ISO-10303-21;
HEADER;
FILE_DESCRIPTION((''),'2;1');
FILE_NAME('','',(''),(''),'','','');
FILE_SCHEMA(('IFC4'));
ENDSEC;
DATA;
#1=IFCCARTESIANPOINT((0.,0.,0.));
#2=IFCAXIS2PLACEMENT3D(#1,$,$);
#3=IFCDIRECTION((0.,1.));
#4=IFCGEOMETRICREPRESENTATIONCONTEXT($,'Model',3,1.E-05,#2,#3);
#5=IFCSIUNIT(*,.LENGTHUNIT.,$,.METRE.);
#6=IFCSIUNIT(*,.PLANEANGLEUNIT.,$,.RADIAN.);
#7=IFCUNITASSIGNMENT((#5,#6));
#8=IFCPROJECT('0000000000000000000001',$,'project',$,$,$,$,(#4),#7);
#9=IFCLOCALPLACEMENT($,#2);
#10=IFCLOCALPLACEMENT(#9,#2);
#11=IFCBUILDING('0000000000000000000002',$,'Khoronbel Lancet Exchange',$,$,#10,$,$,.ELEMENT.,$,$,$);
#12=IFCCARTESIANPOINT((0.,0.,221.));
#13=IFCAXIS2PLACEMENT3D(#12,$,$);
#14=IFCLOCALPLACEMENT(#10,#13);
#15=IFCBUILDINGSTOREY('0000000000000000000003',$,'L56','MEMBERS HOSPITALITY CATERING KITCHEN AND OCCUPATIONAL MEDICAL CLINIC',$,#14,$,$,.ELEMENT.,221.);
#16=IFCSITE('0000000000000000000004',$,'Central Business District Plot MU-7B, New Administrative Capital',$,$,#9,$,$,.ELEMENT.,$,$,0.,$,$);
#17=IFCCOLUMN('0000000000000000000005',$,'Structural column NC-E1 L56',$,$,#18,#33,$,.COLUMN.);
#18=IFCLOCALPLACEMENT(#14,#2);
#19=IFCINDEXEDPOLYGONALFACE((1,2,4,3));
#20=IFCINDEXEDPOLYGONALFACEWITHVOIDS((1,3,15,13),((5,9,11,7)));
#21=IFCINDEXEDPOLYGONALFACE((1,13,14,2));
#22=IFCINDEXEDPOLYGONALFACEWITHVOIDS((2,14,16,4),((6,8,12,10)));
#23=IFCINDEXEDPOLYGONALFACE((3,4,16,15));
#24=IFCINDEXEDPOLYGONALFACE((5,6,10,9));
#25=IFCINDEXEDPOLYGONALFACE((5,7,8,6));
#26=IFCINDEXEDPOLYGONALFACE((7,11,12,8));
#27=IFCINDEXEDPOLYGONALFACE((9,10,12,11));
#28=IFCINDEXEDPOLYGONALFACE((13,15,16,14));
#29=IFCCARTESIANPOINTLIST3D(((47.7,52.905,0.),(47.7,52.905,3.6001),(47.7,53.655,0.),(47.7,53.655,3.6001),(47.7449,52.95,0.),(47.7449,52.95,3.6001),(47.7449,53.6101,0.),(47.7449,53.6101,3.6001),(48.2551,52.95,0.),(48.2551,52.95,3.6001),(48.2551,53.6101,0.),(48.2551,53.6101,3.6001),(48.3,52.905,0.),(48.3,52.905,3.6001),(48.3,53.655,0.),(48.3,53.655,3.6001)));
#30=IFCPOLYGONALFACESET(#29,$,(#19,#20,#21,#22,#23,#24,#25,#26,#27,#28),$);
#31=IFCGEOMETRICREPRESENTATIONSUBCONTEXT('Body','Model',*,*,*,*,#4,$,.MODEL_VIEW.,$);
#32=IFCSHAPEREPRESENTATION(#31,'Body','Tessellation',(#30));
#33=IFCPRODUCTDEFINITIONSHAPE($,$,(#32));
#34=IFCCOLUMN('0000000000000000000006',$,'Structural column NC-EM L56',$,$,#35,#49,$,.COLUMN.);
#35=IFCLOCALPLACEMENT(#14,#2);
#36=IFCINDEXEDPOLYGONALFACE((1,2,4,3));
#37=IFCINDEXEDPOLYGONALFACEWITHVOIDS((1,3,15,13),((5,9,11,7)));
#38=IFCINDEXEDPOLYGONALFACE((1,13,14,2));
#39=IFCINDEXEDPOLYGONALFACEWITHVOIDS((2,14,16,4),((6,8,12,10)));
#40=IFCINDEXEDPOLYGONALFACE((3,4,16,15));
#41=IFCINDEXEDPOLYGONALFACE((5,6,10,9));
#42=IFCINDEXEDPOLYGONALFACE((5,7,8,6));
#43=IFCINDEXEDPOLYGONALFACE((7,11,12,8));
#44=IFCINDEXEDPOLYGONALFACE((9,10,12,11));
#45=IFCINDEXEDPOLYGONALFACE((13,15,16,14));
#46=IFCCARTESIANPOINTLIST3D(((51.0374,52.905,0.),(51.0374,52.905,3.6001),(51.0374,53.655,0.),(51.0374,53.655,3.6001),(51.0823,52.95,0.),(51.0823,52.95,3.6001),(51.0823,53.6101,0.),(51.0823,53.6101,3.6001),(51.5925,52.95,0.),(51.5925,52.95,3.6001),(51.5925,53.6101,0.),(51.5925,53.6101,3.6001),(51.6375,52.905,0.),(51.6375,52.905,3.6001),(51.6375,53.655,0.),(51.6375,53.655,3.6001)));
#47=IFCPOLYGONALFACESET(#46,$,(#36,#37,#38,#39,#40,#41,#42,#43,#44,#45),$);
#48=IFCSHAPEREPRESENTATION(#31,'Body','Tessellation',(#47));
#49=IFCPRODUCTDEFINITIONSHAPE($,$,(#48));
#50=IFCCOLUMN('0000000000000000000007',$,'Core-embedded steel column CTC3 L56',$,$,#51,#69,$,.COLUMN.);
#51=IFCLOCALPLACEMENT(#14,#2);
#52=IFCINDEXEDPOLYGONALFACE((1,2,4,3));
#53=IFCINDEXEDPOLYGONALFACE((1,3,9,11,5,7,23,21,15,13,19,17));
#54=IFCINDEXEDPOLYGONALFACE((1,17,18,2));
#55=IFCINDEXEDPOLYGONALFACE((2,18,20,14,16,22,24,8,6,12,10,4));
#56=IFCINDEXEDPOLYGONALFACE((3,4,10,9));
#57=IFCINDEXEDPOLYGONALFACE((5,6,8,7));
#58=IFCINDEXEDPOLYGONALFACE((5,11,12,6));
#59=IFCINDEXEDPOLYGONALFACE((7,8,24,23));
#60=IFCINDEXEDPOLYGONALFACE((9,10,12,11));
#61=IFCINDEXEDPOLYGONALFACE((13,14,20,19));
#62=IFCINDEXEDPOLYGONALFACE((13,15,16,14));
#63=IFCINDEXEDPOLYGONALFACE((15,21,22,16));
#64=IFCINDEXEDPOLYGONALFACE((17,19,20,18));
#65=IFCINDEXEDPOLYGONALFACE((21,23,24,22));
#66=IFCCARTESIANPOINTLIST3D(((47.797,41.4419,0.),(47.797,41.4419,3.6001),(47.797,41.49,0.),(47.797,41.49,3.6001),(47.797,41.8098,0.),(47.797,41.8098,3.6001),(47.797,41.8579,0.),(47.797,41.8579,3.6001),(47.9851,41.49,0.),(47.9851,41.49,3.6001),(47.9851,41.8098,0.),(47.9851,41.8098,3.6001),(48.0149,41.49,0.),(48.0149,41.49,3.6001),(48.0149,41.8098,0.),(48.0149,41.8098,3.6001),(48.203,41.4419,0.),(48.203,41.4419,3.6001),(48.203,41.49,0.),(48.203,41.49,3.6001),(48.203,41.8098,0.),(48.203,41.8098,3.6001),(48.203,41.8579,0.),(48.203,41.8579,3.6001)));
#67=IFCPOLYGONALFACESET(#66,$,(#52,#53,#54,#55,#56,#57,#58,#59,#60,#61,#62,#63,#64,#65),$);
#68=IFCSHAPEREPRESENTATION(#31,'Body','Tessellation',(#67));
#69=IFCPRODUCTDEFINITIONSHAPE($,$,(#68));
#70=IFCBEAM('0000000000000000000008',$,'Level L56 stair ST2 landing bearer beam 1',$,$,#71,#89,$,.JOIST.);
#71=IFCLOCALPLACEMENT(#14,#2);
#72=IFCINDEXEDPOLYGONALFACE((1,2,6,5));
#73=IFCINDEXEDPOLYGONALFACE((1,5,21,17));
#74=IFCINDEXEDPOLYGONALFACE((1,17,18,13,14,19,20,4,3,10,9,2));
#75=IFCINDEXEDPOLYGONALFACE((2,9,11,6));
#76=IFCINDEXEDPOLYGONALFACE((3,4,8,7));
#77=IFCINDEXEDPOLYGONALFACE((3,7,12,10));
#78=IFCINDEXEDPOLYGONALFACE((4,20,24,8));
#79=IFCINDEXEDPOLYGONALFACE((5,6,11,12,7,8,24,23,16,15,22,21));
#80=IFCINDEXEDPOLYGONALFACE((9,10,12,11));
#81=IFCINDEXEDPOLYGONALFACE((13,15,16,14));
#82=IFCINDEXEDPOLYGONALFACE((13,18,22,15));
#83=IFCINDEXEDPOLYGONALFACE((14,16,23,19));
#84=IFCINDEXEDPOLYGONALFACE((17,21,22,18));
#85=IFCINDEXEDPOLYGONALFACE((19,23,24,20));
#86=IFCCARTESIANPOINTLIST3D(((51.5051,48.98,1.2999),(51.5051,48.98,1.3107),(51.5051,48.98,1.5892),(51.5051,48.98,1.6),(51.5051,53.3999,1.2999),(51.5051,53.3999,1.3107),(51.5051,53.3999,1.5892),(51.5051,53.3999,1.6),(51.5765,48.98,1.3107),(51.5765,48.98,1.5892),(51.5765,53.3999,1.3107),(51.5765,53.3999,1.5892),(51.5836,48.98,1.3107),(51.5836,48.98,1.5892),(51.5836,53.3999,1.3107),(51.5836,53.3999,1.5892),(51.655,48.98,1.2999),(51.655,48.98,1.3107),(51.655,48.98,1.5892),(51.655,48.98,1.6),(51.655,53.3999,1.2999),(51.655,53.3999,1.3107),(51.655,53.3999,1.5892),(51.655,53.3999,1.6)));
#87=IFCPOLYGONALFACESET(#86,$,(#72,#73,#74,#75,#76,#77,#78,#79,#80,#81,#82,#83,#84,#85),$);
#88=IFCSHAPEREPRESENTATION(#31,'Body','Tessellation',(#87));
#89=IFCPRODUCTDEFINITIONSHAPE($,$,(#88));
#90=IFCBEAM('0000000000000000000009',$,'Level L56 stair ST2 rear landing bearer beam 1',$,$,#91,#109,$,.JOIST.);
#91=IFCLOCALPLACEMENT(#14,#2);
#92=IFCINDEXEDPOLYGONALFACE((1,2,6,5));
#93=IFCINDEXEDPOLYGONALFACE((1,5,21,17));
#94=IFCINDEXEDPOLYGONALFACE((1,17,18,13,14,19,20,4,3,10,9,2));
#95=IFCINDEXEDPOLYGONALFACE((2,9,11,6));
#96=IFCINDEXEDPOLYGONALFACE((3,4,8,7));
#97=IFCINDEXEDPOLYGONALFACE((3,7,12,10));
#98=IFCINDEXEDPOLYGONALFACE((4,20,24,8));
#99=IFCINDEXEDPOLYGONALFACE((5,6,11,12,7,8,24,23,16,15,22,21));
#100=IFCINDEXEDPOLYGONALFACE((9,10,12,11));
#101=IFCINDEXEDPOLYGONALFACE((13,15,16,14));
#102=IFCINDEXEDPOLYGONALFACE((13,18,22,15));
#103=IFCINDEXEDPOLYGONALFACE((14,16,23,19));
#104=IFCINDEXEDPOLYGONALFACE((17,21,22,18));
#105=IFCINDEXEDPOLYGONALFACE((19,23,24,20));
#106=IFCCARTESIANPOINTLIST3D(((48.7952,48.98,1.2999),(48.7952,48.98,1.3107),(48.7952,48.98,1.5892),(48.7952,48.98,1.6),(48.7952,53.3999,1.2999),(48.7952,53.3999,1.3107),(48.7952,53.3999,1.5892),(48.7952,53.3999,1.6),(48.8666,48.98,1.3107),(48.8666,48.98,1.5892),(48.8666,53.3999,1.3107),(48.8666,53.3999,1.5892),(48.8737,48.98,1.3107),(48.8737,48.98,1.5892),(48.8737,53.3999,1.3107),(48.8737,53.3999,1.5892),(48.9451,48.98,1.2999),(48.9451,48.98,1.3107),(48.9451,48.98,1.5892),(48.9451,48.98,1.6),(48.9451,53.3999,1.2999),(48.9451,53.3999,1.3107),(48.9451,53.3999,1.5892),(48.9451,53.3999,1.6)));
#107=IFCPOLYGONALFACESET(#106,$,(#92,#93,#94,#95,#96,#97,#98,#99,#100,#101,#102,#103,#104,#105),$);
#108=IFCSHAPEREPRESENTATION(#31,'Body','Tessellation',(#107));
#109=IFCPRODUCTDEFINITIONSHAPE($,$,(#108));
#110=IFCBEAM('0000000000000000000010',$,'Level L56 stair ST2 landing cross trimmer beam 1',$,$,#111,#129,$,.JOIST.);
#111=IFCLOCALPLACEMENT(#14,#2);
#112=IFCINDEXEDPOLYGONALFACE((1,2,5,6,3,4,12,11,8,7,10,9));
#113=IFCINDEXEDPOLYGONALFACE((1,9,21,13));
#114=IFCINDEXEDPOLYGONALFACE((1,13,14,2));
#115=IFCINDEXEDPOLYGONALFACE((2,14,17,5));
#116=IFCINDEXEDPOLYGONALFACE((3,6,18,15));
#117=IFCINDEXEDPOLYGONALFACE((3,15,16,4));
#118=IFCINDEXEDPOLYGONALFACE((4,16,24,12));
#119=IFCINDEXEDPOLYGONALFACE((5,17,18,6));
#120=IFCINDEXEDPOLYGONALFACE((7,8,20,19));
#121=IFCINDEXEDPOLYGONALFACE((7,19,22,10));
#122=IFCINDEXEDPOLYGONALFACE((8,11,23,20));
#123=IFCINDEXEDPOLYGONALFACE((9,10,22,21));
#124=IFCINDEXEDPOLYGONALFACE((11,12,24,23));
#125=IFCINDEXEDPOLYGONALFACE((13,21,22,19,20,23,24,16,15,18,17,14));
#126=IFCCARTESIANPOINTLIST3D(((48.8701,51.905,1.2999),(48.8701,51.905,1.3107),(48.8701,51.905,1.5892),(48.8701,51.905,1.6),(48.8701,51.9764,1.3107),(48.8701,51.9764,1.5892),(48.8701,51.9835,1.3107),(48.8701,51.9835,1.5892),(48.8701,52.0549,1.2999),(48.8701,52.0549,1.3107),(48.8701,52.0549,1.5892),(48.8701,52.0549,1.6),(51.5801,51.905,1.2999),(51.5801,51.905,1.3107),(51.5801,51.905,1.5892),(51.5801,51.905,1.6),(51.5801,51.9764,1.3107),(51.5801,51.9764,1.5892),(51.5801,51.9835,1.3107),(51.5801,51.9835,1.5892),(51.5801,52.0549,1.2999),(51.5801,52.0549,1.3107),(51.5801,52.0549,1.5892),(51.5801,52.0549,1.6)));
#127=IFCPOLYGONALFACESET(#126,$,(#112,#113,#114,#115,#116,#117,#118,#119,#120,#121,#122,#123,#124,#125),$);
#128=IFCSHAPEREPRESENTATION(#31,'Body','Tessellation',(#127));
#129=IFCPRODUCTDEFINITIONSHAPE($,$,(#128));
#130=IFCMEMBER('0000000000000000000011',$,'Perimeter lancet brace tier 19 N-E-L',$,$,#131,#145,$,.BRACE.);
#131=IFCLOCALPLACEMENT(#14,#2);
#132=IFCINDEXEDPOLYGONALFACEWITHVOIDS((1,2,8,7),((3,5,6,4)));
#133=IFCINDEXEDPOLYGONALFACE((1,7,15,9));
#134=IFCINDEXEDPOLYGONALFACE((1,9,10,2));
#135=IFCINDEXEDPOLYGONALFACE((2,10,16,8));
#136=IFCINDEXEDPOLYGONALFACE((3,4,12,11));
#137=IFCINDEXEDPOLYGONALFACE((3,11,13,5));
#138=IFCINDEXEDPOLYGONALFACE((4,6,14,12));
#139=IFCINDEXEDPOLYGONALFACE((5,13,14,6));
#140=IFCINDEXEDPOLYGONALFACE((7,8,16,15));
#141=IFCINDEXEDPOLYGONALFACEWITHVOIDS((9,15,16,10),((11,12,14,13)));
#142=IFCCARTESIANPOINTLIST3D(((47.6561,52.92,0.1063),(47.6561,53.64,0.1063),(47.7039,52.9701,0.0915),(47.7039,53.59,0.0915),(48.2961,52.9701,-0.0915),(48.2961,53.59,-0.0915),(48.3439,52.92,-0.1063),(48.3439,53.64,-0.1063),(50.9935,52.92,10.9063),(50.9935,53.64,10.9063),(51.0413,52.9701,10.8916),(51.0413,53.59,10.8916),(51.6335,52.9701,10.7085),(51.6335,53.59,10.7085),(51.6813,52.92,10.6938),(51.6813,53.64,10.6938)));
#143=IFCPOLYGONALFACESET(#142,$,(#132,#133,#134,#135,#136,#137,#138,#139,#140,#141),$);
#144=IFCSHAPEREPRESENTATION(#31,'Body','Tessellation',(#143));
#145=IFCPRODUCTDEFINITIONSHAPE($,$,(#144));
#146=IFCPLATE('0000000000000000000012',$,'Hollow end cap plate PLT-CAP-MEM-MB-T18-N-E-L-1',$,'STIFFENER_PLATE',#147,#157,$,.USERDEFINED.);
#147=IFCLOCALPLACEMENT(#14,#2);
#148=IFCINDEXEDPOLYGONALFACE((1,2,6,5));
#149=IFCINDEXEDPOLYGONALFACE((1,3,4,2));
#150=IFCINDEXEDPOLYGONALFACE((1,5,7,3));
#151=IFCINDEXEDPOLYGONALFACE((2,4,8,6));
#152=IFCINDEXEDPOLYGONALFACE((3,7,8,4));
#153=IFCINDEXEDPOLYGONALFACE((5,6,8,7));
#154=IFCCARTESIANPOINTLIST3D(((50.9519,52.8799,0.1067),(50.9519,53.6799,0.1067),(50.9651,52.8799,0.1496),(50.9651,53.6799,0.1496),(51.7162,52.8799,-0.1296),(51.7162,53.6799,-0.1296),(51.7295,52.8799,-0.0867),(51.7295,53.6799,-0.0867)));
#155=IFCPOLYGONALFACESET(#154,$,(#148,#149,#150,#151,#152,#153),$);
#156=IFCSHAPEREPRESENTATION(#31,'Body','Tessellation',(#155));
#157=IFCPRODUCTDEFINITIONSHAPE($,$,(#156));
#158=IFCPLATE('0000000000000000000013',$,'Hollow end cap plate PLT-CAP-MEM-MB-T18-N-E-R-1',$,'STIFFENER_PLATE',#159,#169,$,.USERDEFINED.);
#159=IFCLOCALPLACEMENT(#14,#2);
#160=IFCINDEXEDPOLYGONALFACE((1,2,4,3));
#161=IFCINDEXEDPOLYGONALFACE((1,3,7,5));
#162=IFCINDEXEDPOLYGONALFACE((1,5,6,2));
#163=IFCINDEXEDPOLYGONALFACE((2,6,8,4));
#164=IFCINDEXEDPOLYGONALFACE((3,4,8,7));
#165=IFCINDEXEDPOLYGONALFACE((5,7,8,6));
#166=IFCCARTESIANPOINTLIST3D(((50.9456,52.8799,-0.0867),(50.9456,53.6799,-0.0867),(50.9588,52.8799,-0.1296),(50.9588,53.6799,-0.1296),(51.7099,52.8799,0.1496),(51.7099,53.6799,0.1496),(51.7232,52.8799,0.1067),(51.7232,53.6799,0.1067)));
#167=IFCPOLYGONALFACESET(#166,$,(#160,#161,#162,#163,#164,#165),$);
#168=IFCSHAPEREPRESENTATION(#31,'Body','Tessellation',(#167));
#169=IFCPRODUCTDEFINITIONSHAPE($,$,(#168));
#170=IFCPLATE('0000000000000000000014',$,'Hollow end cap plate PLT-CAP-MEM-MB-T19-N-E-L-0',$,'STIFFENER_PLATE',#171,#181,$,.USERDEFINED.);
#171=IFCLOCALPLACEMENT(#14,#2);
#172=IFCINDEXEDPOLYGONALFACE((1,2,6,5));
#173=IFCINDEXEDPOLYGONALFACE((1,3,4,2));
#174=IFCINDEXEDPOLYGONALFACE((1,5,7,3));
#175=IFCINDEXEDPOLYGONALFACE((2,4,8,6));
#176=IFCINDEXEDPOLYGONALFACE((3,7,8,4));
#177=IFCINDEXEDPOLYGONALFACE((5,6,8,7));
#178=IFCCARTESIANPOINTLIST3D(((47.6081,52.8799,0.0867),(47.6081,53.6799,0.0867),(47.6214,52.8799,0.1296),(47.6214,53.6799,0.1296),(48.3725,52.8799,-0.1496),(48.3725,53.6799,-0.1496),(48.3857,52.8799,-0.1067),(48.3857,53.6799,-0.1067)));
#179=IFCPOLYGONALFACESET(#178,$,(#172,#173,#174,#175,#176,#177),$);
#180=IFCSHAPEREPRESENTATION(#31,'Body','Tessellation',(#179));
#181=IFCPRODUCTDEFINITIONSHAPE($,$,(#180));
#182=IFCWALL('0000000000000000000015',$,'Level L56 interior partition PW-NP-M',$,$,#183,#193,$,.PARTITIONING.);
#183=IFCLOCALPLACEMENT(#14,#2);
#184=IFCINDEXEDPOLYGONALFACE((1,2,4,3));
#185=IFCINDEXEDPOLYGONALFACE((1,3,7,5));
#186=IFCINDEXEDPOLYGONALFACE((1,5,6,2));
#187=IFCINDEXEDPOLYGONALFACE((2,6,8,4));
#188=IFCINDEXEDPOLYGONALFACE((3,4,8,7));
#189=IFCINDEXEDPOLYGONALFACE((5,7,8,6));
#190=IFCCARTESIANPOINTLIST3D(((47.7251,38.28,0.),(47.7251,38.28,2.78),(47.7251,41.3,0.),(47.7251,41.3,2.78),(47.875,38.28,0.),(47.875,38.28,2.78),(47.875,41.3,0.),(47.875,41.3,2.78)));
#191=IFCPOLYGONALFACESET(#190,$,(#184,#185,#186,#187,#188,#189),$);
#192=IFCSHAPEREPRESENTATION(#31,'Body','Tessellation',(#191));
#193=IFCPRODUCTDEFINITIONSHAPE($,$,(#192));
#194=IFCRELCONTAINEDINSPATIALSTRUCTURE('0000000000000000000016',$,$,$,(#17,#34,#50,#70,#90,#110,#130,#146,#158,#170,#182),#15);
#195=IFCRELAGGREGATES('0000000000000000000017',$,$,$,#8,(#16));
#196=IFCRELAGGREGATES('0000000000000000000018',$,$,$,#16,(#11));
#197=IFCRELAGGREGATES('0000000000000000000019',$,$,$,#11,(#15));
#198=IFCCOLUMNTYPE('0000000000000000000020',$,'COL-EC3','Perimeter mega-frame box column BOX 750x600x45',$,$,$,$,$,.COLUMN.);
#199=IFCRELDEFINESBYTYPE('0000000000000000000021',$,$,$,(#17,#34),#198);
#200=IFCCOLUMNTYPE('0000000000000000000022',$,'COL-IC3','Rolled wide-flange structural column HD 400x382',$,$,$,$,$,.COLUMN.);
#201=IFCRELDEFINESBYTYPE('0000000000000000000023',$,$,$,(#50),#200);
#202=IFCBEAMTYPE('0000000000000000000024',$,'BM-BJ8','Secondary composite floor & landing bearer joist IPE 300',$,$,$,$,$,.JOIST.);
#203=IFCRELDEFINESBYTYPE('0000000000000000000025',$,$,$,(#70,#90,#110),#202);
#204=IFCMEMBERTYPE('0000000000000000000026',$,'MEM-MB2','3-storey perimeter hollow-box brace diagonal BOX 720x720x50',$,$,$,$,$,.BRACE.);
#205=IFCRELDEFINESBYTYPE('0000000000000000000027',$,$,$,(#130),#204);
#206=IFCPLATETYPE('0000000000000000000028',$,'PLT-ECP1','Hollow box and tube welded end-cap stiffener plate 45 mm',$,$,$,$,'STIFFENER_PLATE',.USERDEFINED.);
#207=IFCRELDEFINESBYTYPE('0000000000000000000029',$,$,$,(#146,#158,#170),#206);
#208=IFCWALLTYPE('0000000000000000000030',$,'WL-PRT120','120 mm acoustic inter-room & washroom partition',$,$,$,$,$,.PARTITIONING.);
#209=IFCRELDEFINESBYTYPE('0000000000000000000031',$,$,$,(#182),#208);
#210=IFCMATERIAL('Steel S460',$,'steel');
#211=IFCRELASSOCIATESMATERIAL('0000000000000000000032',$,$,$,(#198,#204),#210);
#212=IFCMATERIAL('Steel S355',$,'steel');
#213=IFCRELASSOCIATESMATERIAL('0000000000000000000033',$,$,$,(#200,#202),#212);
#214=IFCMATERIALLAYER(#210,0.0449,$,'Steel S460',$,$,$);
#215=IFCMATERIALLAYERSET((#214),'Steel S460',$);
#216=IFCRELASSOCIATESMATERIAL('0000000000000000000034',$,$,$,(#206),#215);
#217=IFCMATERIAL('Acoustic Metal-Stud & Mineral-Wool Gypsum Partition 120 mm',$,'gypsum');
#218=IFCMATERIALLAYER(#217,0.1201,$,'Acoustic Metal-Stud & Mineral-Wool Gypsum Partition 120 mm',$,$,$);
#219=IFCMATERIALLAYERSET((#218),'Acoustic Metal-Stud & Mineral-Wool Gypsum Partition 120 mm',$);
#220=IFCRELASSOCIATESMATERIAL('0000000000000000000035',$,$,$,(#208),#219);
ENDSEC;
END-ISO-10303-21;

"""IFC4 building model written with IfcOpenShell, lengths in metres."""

from ifc_helpers import new_model, si_unit, direction, frame, frame_2d, origin, origin_2d, place, context, subcontext, project, spatial, polyline, rectangle, hollow_rectangle, i_section, outline, extrude, material, layer, layer_set, material_profile, profile_set, type_object, element, save


model = new_model("IFC4")

# Units and contexts
model_context = context("Model", 3, precision=1e-05, world=origin(), true_north=direction((0.0, 1.0)))
body_context = subcontext(model_context, "Body", "Model", "MODEL_VIEW")
ifc_project = project(units=[si_unit("LENGTHUNIT", "METRE"), si_unit("PLANEANGLEUNIT", "RADIAN")], contexts=[model_context])

# Site, building, storey
site_placement = place(None, origin())
site = spatial("IfcSite", under=ifc_project, at=site_placement, Name="Central Business District Plot MU-7B, New Administrative Capital", CompositionType="ELEMENT", RefElevation=0.0)
building_placement = place(site_placement, origin())
building = spatial("IfcBuilding", under=site, at=building_placement, Name="Khoronbel Lancet Exchange", CompositionType="ELEMENT")
storey_placement = place(building_placement, frame((0.0, 0.0, 221.0)))
storey = spatial("IfcBuildingStorey", under=building, at=storey_placement, Name="L56", Description="MEMBERS HOSPITALITY CATERING KITCHEN AND OCCUPATIONAL MEDICAL CLINIC", CompositionType="ELEMENT", Elevation=221.0)

# Columns
ifc_material_1 = material(Name="Steel S460", Category="steel")
ifc_material_profile_1 = material_profile(ifc_material_1, hollow_rectangle(XDim=0.6001, YDim=0.75, WallThickness=0.0449, at=origin_2d()), Name="BOX 750x600x45")
ifc_profile_set_1 = profile_set([ifc_material_profile_1], Name="Steel S460")
column_type_1 = type_object("IfcColumnType", Name="COL-EC3", Description="Perimeter mega-frame box column BOX 750x600x45", PredefinedType="COLUMN", material=ifc_profile_set_1)
for number, where, z_axis, x_axis, name in (
    (1, (48.0, 53.28, 0.0), (0.0, 0.0, 1.0), (1.0, 0.0, 0.0), "Structural column NC-E1 L56"),
    (2, (51.3374, 53.28, 0.0), (0.0, 0.0, 1.0), (1.0, 0.0, 0.0), "Structural column NC-EM L56"),
):
    element("IfcColumn", number, at=place(storey_placement, frame(where, z_axis=z_axis, x_axis=x_axis)), inside=storey, type_object=column_type_1, Name=name, PredefinedType="COLUMN", context=body_context, shape_type="SweptSolid", body=[
        extrude(hollow_rectangle(XDim=0.6001, YDim=0.75, WallThickness=0.0449, at=origin_2d()), origin(), (0.0, 0.0, 1.0), 3.6001),
    ])
ifc_material_2 = material(Name="Steel S355", Category="steel")
ifc_material_profile_2 = material_profile(ifc_material_2, i_section(OverallWidth=0.406, OverallDepth=0.416, WebThickness=0.0298, FlangeThickness=0.0481, at=origin_2d()), Name="HD 400x382")
ifc_profile_set_2 = profile_set([ifc_material_profile_2], Name="Steel S355")
column_type_2 = type_object("IfcColumnType", Name="COL-IC3", Description="Rolled wide-flange structural column HD 400x382", PredefinedType="COLUMN", material=ifc_profile_set_2)
column_placement = place(storey_placement, frame((48.0, 41.6499, 0.0), z_axis=(0.0, 0.0, 1.0), x_axis=(1.0, 0.0, 0.0)))
element("IfcColumn", 3, at=column_placement, inside=storey, type_object=column_type_2, Name="Core-embedded steel column CTC3 L56", PredefinedType="COLUMN", context=body_context, shape_type="SweptSolid", body=[
    extrude(i_section(OverallWidth=0.406, OverallDepth=0.416, WebThickness=0.0298, FlangeThickness=0.0481, at=origin_2d()), origin(), (0.0, 0.0, 1.0), 3.6001),
])

# Beams
ifc_material_profile_3 = material_profile(ifc_material_2, i_section(OverallWidth=0.1499, OverallDepth=0.3, WebThickness=0.0071, FlangeThickness=0.0107, at=origin_2d()), Name="IPE 300")
ifc_profile_set_3 = profile_set([ifc_material_profile_3], Name="Steel S355")
beam_type = type_object("IfcBeamType", Name="BM-BJ8", Description="Secondary composite floor & landing bearer joist IPE 300", PredefinedType="JOIST", material=ifc_profile_set_3)
for number, where, z_axis, x_axis, name in (
    (4, (51.5801, 48.98, 1.45), (0.0, 1.0, 0.0), (-1.0, 0.0, 0.0), "Level L56 stair ST2 landing bearer beam 1"),
    (5, (48.8701, 48.98, 1.45), (0.0, 1.0, 0.0), (-1.0, 0.0, 0.0), "Level L56 stair ST2 rear landing bearer beam 1"),
):
    element("IfcBeam", number, at=place(storey_placement, frame(where, z_axis=z_axis, x_axis=x_axis)), inside=storey, type_object=beam_type, Name=name, PredefinedType="JOIST", context=body_context, shape_type="SweptSolid", body=[
        extrude(i_section(OverallWidth=0.1499, OverallDepth=0.3, WebThickness=0.0071, FlangeThickness=0.0107, at=origin_2d()), origin(), (0.0, 0.0, 1.0), 4.4199),
    ])
beam_placement = place(storey_placement, frame((48.8701, 51.98, 1.45), z_axis=(1.0, 0.0, 0.0), x_axis=(0.0, 1.0, 0.0)))
element("IfcBeam", 6, at=beam_placement, inside=storey, type_object=beam_type, Name="Level L56 stair ST2 landing cross trimmer beam 1", PredefinedType="JOIST", context=body_context, shape_type="SweptSolid", body=[
    extrude(i_section(OverallWidth=0.1499, OverallDepth=0.3, WebThickness=0.0071, FlangeThickness=0.0107, at=origin_2d()), origin(), (0.0, 0.0, 1.0), 2.71),
])

# Member
ifc_material_profile_4 = material_profile(ifc_material_1, hollow_rectangle(XDim=0.72, YDim=0.72, WallThickness=0.05, at=origin_2d()), Name="BOX 720x720x50")
ifc_profile_set_4 = profile_set([ifc_material_profile_4], Name="Steel S460")
member_type = type_object("IfcMemberType", Name="MEM-MB2", Description="3-storey perimeter hollow-box brace diagonal BOX 720x720x50", PredefinedType="BRACE", material=ifc_profile_set_4)
member_placement = place(storey_placement, frame((48.0, 53.28, 0.0), z_axis=(0.295242, 0.0, 0.955422), x_axis=(0.0, 1.0, 0.0)))
element("IfcMember", 7, at=member_placement, inside=storey, type_object=member_type, Name="Perimeter lancet brace tier 19 N-E-L", PredefinedType="BRACE", context=body_context, shape_type="SweptSolid", body=[
    extrude(hollow_rectangle(XDim=0.72, YDim=0.72, WallThickness=0.05, at=origin_2d()), origin(), (0.0, 0.0, 1.0), 11.304),
])

# Plates
ifc_layer_1 = layer(ifc_material_1, 0.0449, Name="Steel S460")
ifc_layer_set_1 = layer_set([ifc_layer_1], Name="Steel S460")
plate_type = type_object("IfcPlateType", Name="PLT-ECP1", Description="Hollow box and tube welded end-cap stiffener plate 45 mm", ElementType="STIFFENER_PLATE", PredefinedType="USERDEFINED", material=ifc_layer_set_1)
for number, where, z_axis, x_axis, name in (
    (8, (51.7295, 52.8799, -0.0867), (0.295372, 0.0, 0.955382), (0.0, 1.0, 0.0), "Hollow end cap plate PLT-CAP-MEM-MB-T18-N-E-L-1"),
    (9, (50.9456, 53.6799, -0.0867), (-0.295372, 0.0, 0.955382), (0.0, -1.0, 0.0), "Hollow end cap plate PLT-CAP-MEM-MB-T18-N-E-R-1"),
    (10, (48.3857, 52.8799, -0.1067), (0.295372, 0.0, 0.955382), (0.0, 1.0, 0.0), "Hollow end cap plate PLT-CAP-MEM-MB-T19-N-E-L-0"),
):
    element("IfcPlate", number, at=place(storey_placement, frame(where, z_axis=z_axis, x_axis=x_axis)), inside=storey, type_object=plate_type, Name=name, ObjectType="STIFFENER_PLATE", PredefinedType="USERDEFINED", context=body_context, shape_type="SweptSolid", body=[
        extrude(outline(polyline([(0.0, 0.0), (0.8, 0.0), (0.8, 0.8), (0.0, 0.8), (0.0, 0.0)])), origin(), (0.0, 0.0, -1.0), 0.0449),
    ])

# Wall
ifc_material_3 = material(Name="Acoustic Metal-Stud & Mineral-Wool Gypsum Partition 120 mm", Category="gypsum")
ifc_layer_2 = layer(ifc_material_3, 0.1201, Name="Acoustic Metal-Stud & Mineral-Wool Gypsum Partition 120 mm")
ifc_layer_set_2 = layer_set([ifc_layer_2], Name="Acoustic Metal-Stud & Mineral-Wool Gypsum Partition 120 mm")
wall_type_1 = type_object("IfcWallType", Name="WL-PRT120", Description="120 mm acoustic inter-room & washroom partition", PredefinedType="PARTITIONING", material=ifc_layer_set_2)
wall_1_placement = place(storey_placement, frame((47.8, 38.28, 0.0), z_axis=(0.0, 0.0, 1.0), x_axis=(0.0, 1.0, 0.0)))
element("IfcWall", 11, at=wall_1_placement, inside=storey, type_object=wall_type_1, Name="Level L56 interior partition PW-NP-M", PredefinedType="PARTITIONING", context=body_context, shape_type="SweptSolid", body=[
    extrude(rectangle(XDim=3.02, YDim=0.1499, at=frame_2d((1.51, 0.0))), origin(), (0.0, 0.0, 1.0), 2.78),
])

save(model, "model.ifc")
